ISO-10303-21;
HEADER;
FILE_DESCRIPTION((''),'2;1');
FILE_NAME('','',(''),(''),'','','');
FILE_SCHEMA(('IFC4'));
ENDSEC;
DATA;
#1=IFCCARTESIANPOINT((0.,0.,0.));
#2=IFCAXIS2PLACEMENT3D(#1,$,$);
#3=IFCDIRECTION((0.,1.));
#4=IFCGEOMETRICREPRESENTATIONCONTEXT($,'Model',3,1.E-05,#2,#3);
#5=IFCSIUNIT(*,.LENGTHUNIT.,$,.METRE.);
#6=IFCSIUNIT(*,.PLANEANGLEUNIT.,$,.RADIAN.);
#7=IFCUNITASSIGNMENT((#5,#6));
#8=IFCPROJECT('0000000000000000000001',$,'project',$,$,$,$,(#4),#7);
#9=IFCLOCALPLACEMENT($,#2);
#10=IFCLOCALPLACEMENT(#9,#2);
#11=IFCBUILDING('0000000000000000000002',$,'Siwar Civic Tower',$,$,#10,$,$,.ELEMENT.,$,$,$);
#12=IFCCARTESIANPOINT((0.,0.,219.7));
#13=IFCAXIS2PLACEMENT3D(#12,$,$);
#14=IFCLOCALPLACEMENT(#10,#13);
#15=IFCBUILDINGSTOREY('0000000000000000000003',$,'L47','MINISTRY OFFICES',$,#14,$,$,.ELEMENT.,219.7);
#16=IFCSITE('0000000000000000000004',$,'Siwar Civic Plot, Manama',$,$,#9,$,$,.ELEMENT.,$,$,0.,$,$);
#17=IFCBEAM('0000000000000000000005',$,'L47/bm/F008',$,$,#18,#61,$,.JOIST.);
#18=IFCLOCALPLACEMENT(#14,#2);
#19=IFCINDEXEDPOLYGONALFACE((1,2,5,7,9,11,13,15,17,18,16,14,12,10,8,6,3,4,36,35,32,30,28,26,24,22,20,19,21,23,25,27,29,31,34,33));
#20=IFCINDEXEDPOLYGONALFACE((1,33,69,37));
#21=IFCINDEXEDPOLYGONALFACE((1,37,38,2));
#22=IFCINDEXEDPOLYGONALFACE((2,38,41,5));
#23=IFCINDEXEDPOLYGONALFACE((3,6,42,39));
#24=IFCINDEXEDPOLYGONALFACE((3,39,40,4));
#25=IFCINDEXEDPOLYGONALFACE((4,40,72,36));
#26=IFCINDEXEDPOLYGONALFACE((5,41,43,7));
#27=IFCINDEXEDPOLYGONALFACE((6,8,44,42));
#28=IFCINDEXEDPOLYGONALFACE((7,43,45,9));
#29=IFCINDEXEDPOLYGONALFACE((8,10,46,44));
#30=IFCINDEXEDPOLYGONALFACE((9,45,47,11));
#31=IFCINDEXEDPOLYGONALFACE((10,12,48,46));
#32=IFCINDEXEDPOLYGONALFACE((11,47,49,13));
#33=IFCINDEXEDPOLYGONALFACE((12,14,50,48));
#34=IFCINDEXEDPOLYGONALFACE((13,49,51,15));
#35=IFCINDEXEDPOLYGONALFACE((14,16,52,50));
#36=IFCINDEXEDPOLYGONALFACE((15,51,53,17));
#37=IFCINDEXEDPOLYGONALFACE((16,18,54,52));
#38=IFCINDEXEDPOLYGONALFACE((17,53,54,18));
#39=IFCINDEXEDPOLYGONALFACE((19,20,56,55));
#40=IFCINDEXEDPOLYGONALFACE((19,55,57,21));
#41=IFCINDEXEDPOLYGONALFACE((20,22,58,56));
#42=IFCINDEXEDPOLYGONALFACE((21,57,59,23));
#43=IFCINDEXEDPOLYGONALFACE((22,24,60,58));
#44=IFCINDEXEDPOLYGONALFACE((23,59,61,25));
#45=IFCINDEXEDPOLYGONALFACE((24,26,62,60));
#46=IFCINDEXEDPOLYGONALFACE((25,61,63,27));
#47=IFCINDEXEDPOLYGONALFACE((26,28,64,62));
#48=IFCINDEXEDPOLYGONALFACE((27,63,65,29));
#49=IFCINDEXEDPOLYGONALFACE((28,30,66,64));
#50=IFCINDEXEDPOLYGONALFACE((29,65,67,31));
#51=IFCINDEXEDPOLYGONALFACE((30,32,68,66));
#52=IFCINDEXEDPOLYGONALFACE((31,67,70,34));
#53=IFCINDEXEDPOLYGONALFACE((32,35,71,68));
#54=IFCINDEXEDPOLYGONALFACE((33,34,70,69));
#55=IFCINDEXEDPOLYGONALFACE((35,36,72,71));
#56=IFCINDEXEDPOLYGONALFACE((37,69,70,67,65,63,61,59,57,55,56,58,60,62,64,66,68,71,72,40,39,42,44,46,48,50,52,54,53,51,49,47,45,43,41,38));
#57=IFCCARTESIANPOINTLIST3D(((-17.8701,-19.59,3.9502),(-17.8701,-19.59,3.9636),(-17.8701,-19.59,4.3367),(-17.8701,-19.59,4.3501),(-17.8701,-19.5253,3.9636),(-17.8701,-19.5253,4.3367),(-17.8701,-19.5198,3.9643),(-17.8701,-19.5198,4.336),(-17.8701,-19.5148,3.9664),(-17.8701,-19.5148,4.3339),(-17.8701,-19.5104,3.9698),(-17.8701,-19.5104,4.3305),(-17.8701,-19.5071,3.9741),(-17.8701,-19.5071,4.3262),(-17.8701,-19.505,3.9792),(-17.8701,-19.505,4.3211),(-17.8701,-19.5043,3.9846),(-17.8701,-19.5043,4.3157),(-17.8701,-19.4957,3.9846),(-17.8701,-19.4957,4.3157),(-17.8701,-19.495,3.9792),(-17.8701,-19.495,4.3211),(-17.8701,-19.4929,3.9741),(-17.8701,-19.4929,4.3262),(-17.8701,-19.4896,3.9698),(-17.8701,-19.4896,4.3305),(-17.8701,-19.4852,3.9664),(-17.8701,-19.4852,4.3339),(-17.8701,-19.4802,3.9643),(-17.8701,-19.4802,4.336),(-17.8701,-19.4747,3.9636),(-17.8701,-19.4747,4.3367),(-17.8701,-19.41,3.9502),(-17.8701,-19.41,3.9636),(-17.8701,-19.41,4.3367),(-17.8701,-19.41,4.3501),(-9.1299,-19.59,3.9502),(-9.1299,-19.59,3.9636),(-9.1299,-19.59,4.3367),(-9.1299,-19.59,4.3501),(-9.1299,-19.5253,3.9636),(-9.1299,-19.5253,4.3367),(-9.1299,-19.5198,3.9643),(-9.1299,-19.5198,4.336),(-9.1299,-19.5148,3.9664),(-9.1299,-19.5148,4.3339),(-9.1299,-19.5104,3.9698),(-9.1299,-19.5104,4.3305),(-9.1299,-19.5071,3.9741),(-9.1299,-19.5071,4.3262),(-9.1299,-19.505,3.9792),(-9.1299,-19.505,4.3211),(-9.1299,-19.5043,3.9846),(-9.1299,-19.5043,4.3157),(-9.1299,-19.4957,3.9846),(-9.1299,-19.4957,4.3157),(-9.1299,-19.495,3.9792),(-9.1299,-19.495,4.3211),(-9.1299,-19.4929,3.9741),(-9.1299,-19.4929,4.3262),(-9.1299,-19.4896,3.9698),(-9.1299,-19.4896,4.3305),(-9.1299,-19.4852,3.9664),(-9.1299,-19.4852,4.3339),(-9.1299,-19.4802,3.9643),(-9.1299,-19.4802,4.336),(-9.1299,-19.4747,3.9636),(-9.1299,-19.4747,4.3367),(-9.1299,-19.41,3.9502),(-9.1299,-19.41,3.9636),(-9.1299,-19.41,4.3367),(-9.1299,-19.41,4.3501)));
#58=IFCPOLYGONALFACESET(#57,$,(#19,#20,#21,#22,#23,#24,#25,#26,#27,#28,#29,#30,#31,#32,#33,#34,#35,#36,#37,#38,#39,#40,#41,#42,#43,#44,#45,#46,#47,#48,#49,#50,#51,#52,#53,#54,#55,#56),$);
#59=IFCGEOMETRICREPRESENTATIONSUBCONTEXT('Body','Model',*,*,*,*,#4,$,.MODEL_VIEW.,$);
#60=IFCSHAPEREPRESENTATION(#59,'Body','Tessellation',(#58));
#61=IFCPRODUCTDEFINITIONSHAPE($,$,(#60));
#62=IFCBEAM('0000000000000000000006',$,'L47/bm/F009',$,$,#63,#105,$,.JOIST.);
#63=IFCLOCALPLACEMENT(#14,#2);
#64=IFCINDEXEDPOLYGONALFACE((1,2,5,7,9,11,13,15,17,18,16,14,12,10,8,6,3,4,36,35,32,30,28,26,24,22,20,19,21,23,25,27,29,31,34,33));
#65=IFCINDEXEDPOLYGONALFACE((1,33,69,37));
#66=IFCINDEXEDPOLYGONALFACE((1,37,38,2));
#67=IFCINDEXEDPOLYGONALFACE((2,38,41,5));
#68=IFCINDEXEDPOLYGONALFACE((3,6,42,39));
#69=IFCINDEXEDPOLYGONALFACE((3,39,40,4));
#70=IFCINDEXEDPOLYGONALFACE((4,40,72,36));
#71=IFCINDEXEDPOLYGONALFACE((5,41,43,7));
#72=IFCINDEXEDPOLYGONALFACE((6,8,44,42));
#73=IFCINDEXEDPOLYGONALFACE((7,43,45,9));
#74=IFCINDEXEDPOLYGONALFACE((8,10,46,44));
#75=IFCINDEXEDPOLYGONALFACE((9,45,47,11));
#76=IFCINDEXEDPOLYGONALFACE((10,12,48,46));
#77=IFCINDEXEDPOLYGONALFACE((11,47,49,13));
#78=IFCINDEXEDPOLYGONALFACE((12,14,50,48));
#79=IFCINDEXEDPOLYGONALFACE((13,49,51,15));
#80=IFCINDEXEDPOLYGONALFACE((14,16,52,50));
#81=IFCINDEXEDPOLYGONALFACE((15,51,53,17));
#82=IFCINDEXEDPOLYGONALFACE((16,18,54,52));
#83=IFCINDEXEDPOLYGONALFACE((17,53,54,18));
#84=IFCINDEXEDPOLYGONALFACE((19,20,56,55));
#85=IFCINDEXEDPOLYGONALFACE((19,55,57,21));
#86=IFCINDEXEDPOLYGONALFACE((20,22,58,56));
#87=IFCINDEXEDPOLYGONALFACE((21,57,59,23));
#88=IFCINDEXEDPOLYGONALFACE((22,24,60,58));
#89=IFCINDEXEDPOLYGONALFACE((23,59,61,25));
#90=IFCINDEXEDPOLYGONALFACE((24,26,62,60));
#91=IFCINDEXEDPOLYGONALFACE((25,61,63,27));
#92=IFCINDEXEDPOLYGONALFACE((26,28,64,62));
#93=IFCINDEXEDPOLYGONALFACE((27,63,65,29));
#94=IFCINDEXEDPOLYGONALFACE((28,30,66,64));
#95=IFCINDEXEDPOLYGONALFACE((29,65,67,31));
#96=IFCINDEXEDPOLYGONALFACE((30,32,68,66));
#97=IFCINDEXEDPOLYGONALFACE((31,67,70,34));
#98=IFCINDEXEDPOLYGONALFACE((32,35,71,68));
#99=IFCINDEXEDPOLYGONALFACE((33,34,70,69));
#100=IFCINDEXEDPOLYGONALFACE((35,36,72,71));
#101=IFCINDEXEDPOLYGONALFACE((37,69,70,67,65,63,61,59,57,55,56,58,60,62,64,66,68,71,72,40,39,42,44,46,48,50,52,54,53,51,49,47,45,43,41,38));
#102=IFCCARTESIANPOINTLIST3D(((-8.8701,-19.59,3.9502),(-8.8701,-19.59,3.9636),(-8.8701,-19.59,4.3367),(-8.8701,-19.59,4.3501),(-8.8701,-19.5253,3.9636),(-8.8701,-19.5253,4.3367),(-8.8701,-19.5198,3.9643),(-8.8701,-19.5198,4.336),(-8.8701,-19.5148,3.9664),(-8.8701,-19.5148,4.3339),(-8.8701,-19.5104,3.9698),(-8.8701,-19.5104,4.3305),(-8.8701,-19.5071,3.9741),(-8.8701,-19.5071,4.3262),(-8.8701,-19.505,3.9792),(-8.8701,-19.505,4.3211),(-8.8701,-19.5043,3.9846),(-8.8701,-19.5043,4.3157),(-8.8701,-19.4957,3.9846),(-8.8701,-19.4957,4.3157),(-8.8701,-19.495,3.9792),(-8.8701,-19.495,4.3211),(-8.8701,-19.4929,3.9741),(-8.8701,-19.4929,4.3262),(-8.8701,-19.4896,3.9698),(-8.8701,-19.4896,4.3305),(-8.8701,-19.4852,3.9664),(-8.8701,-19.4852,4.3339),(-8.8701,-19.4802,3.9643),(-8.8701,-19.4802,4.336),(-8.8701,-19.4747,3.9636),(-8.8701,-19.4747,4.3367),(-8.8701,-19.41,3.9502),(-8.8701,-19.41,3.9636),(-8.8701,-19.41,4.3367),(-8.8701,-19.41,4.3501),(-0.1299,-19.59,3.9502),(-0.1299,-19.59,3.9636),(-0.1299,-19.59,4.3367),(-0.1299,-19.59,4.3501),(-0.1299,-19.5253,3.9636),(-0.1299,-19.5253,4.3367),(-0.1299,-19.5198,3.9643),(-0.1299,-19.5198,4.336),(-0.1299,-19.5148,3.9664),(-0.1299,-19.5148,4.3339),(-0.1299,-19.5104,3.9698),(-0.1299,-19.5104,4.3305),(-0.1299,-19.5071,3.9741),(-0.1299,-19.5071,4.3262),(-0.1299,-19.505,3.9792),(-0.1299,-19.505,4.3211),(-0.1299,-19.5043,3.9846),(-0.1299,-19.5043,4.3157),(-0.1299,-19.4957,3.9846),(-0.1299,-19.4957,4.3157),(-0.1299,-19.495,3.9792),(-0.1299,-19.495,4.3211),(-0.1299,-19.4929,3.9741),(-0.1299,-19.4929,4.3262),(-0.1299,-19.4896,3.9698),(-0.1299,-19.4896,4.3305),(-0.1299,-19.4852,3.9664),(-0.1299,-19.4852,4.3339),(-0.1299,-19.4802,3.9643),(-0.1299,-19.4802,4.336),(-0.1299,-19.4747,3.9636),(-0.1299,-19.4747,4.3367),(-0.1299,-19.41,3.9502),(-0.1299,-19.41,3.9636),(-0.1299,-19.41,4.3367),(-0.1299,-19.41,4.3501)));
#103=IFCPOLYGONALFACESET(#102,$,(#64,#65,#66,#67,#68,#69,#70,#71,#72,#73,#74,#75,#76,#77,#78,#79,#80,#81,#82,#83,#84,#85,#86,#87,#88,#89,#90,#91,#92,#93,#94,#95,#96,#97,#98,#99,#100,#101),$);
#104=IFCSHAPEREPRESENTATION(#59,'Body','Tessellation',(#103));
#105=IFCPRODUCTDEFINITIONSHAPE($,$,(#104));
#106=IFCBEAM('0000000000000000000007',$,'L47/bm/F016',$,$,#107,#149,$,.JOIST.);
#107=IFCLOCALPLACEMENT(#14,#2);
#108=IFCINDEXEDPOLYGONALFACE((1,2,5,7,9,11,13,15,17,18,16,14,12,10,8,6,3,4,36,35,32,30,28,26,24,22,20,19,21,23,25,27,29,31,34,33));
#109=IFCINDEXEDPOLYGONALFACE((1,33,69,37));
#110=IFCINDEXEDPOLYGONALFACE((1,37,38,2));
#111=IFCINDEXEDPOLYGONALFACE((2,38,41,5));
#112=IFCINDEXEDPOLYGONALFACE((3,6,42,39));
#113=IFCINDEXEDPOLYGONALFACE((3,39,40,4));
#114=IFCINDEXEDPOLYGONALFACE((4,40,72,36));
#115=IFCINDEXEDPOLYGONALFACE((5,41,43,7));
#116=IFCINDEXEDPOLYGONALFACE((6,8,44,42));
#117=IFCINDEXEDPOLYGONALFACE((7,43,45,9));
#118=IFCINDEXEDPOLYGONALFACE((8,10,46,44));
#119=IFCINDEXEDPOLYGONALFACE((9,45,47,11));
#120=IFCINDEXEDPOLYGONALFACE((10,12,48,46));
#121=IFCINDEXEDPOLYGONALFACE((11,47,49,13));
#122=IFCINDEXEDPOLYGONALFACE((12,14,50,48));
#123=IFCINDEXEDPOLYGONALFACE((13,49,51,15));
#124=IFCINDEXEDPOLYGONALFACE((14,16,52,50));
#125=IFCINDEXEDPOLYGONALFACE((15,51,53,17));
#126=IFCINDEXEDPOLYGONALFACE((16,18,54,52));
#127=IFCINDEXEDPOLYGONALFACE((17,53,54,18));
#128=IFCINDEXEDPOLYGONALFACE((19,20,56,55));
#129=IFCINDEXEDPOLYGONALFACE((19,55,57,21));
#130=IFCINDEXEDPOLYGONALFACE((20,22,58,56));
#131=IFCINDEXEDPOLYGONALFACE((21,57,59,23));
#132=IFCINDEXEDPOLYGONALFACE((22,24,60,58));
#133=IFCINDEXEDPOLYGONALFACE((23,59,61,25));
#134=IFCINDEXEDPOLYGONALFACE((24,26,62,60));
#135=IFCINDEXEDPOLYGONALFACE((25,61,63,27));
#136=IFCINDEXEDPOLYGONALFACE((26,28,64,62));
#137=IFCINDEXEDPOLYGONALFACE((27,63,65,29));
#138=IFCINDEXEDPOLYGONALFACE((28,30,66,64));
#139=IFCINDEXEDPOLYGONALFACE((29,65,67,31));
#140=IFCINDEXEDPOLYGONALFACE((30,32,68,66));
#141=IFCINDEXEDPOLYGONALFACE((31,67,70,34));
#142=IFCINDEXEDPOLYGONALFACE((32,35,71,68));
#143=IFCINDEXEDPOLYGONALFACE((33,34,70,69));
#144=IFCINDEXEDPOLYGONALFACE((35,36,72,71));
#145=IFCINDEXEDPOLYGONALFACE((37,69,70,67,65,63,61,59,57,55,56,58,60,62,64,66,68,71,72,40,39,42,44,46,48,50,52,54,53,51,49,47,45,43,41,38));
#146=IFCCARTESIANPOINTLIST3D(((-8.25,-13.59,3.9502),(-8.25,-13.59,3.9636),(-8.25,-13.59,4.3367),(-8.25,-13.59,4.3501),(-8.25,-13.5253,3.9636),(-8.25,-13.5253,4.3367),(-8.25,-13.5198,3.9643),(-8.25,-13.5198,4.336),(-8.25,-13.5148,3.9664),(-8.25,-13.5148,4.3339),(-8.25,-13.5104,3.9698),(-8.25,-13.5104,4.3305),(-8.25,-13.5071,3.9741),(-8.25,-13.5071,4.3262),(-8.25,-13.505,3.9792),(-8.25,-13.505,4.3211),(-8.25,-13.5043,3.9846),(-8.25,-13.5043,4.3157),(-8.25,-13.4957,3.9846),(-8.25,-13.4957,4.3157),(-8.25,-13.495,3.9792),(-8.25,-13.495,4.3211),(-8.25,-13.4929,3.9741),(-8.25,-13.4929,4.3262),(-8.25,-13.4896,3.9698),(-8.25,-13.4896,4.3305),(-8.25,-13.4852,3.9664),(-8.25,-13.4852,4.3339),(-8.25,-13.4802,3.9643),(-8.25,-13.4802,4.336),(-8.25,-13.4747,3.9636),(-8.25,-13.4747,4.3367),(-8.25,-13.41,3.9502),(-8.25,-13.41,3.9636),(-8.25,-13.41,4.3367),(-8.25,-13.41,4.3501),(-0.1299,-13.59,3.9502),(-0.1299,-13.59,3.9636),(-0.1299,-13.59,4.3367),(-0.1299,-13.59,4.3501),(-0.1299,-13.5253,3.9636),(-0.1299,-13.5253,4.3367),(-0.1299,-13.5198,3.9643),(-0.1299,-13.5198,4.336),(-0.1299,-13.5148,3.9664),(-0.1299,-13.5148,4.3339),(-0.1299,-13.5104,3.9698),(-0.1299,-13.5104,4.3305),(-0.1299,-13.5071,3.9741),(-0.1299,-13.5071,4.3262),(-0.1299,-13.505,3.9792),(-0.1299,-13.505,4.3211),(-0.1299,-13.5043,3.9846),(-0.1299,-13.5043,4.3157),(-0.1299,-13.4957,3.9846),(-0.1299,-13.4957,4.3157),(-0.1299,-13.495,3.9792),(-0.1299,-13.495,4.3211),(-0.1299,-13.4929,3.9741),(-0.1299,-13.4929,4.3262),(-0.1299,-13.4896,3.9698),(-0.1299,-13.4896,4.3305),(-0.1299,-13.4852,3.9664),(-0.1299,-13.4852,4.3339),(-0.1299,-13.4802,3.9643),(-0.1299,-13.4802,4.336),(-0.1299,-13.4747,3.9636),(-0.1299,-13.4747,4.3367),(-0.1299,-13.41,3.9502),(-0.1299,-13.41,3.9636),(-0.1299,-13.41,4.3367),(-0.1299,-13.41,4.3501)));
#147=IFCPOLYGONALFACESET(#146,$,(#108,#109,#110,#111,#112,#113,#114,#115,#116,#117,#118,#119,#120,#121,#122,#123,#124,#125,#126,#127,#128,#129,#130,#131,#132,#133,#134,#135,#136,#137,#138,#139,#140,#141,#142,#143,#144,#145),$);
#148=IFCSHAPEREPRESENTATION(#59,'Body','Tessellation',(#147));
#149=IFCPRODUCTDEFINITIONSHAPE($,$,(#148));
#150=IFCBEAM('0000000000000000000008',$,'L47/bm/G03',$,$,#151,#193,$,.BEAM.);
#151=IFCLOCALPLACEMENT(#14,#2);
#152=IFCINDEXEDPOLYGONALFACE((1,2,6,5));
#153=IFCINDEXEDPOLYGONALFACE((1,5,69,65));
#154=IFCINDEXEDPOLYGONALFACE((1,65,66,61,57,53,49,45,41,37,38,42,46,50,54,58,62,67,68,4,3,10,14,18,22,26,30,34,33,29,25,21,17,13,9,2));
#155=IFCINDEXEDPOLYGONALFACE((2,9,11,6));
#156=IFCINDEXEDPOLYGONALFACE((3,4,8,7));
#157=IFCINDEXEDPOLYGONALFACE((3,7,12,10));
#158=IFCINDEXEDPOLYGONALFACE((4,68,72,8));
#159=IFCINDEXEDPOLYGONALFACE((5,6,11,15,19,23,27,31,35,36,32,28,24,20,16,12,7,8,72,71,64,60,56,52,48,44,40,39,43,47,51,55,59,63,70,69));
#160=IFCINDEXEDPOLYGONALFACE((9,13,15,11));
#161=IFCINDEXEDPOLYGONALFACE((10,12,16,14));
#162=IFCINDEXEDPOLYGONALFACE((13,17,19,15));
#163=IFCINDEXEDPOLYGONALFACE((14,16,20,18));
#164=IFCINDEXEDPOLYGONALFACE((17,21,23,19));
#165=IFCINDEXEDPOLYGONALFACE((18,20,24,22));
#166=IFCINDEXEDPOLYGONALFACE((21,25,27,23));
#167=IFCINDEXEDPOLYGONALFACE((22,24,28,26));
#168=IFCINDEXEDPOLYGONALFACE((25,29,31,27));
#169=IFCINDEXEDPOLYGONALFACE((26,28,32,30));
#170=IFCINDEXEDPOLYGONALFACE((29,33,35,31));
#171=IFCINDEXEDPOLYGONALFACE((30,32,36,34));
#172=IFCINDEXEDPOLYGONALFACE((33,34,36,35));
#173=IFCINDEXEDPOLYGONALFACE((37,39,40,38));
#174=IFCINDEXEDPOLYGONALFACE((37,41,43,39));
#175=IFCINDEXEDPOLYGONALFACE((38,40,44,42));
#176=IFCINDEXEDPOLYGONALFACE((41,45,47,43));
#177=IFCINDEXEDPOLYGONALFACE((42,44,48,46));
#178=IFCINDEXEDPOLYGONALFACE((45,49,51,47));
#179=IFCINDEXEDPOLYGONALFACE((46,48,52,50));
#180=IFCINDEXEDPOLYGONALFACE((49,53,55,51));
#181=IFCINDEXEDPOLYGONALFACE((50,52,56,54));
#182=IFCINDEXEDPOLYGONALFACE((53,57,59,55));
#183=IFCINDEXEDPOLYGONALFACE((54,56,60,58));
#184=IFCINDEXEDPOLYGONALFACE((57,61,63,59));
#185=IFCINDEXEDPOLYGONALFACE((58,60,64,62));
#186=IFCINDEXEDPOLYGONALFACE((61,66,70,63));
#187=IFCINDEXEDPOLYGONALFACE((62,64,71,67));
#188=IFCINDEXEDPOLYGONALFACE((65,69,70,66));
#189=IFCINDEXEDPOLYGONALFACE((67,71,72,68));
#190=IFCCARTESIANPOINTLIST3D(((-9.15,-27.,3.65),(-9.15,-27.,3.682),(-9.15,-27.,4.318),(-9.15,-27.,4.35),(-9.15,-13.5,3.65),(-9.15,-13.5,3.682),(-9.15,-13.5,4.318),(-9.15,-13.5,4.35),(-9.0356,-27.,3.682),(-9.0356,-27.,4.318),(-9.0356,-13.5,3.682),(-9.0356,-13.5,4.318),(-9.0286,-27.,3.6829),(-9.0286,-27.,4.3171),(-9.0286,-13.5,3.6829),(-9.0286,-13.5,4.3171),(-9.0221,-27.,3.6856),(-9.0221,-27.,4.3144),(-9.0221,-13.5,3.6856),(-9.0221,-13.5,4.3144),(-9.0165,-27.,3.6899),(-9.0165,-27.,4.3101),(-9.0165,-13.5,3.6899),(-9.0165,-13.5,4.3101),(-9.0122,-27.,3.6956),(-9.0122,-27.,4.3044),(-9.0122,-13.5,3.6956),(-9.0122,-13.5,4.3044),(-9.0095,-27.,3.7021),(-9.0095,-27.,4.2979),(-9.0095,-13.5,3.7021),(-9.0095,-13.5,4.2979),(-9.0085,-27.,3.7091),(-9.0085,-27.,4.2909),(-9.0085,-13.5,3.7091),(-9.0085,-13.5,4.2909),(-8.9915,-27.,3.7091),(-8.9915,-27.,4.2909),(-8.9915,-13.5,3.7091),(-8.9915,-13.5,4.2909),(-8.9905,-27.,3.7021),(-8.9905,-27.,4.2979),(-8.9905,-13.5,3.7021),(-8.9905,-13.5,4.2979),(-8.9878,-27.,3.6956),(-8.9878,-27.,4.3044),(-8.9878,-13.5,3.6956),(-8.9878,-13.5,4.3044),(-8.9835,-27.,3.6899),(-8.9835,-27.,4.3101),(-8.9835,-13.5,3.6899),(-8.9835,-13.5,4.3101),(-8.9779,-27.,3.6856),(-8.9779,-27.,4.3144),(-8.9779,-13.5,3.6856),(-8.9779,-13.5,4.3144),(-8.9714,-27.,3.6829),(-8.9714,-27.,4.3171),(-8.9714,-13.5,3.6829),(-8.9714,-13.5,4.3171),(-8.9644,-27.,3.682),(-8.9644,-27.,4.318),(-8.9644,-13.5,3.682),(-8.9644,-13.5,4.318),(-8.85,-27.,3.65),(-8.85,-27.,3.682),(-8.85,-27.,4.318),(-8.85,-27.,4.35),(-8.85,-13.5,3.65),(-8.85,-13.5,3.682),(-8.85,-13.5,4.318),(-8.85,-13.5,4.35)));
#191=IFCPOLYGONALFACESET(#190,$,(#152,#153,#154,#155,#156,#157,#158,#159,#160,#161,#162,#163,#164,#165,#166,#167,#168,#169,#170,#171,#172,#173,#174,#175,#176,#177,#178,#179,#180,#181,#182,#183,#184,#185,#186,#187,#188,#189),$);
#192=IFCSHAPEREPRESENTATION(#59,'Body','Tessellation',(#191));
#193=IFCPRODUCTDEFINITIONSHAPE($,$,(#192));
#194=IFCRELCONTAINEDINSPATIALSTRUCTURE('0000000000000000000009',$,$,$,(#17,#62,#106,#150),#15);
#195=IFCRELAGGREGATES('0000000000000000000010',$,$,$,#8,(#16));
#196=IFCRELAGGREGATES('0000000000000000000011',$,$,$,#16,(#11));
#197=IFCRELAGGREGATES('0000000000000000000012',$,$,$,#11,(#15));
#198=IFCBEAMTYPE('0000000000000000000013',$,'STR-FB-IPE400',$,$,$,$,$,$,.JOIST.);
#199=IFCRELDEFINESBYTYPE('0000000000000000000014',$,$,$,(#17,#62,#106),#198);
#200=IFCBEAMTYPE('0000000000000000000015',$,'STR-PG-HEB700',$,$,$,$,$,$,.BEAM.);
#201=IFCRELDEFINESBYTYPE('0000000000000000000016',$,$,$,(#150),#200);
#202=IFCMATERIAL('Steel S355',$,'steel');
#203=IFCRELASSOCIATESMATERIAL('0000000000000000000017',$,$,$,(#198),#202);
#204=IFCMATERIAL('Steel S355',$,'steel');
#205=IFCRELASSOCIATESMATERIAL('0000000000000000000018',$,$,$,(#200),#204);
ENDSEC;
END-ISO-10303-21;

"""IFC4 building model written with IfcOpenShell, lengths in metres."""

from ifc_helpers import new_model, si_unit, direction, frame, origin, origin_2d, place, context, subcontext, project, spatial, i_section, extrude, material, material_profile, profile_set, type_object, element, save


model = new_model("IFC4")

# Units and contexts
model_context = context("Model", 3, precision=1e-05, world=origin(), true_north=direction((0.0, 1.0)))
body_context = subcontext(model_context, "Body", "Model", "MODEL_VIEW")
ifc_project = project(units=[si_unit("LENGTHUNIT", "METRE"), si_unit("PLANEANGLEUNIT", "RADIAN")], contexts=[model_context])

# Site, building, storey
site_placement = place(None, origin())
site = spatial("IfcSite", under=ifc_project, at=site_placement, Name="Siwar Civic Plot, Manama", CompositionType="ELEMENT", RefElevation=0.0)
building_placement = place(site_placement, origin())
building = spatial("IfcBuilding", under=site, at=building_placement, Name="Siwar Civic Tower", CompositionType="ELEMENT")
storey_placement = place(building_placement, frame((0.0, 0.0, 219.7)))
storey = spatial("IfcBuildingStorey", under=building, at=storey_placement, Name="L47", Description="MINISTRY OFFICES", CompositionType="ELEMENT", Elevation=219.7)

# Beams
ifc_material_1 = material(Name="Steel S355", Category="steel")
ifc_material_profile_1 = material_profile(ifc_material_1, i_section(OverallWidth=0.1799, OverallDepth=0.3999, WebThickness=0.0085, FlangeThickness=0.0134, FilletRadius=0.021, at=origin_2d()), Name="IPE400")
ifc_profile_set_1 = profile_set([ifc_material_profile_1], Name="Steel S355")
beam_type_1 = type_object("IfcBeamType", Name="STR-FB-IPE400", PredefinedType="JOIST", material=ifc_profile_set_1)
for number, where, z_axis, x_axis, name in (
    (1, (-17.8701, -19.5, 4.1501), (1.0, 0.0, 0.0), (0.0, 1.0, 0.0), "L47/bm/F008"),
    (2, (-8.8701, -19.5, 4.1501), (1.0, 0.0, 0.0), (0.0, 1.0, 0.0), "L47/bm/F009"),
):
    element("IfcBeam", number, at=place(storey_placement, frame(where, z_axis=z_axis, x_axis=x_axis)), inside=storey, type_object=beam_type_1, Name=name, PredefinedType="JOIST", context=body_context, shape_type="SweptSolid", body=[
        extrude(i_section(OverallWidth=0.1799, OverallDepth=0.3999, WebThickness=0.0085, FlangeThickness=0.0134, FilletRadius=0.021, at=origin_2d()), origin(), (0.0, 0.0, 1.0), 8.7402),
    ])
beam_1_placement = place(storey_placement, frame((-8.25, -13.5, 4.1501), z_axis=(1.0, 0.0, 0.0), x_axis=(0.0, 1.0, 0.0)))
element("IfcBeam", 3, at=beam_1_placement, inside=storey, type_object=beam_type_1, Name="L47/bm/F016", PredefinedType="JOIST", context=body_context, shape_type="SweptSolid", body=[
    extrude(i_section(OverallWidth=0.1799, OverallDepth=0.3999, WebThickness=0.0085, FlangeThickness=0.0134, FilletRadius=0.021, at=origin_2d()), origin(), (0.0, 0.0, 1.0), 8.1201),
])
ifc_material_2 = material(Name="Steel S355", Category="steel")
ifc_material_profile_2 = material_profile(ifc_material_2, i_section(OverallWidth=0.3, OverallDepth=0.7, WebThickness=0.0171, FlangeThickness=0.032, FilletRadius=0.0271, at=origin_2d()), Name="HEB700")
ifc_profile_set_2 = profile_set([ifc_material_profile_2], Name="Steel S355")
beam_type_2 = type_object("IfcBeamType", Name="STR-PG-HEB700", PredefinedType="BEAM", material=ifc_profile_set_2)
beam_2_placement = place(storey_placement, frame((-9.0, -27.0, 4.0), z_axis=(0.0, 1.0, 0.0), x_axis=(-1.0, 0.0, 0.0)))
element("IfcBeam", 4, at=beam_2_placement, inside=storey, type_object=beam_type_2, Name="L47/bm/G03", PredefinedType="BEAM", context=body_context, shape_type="SweptSolid", body=[
    extrude(i_section(OverallWidth=0.3, OverallDepth=0.7, WebThickness=0.0171, FlangeThickness=0.032, FilletRadius=0.0271, at=origin_2d()), origin(), (0.0, 0.0, 1.0), 13.5),
])

save(model, "model.ifc")
